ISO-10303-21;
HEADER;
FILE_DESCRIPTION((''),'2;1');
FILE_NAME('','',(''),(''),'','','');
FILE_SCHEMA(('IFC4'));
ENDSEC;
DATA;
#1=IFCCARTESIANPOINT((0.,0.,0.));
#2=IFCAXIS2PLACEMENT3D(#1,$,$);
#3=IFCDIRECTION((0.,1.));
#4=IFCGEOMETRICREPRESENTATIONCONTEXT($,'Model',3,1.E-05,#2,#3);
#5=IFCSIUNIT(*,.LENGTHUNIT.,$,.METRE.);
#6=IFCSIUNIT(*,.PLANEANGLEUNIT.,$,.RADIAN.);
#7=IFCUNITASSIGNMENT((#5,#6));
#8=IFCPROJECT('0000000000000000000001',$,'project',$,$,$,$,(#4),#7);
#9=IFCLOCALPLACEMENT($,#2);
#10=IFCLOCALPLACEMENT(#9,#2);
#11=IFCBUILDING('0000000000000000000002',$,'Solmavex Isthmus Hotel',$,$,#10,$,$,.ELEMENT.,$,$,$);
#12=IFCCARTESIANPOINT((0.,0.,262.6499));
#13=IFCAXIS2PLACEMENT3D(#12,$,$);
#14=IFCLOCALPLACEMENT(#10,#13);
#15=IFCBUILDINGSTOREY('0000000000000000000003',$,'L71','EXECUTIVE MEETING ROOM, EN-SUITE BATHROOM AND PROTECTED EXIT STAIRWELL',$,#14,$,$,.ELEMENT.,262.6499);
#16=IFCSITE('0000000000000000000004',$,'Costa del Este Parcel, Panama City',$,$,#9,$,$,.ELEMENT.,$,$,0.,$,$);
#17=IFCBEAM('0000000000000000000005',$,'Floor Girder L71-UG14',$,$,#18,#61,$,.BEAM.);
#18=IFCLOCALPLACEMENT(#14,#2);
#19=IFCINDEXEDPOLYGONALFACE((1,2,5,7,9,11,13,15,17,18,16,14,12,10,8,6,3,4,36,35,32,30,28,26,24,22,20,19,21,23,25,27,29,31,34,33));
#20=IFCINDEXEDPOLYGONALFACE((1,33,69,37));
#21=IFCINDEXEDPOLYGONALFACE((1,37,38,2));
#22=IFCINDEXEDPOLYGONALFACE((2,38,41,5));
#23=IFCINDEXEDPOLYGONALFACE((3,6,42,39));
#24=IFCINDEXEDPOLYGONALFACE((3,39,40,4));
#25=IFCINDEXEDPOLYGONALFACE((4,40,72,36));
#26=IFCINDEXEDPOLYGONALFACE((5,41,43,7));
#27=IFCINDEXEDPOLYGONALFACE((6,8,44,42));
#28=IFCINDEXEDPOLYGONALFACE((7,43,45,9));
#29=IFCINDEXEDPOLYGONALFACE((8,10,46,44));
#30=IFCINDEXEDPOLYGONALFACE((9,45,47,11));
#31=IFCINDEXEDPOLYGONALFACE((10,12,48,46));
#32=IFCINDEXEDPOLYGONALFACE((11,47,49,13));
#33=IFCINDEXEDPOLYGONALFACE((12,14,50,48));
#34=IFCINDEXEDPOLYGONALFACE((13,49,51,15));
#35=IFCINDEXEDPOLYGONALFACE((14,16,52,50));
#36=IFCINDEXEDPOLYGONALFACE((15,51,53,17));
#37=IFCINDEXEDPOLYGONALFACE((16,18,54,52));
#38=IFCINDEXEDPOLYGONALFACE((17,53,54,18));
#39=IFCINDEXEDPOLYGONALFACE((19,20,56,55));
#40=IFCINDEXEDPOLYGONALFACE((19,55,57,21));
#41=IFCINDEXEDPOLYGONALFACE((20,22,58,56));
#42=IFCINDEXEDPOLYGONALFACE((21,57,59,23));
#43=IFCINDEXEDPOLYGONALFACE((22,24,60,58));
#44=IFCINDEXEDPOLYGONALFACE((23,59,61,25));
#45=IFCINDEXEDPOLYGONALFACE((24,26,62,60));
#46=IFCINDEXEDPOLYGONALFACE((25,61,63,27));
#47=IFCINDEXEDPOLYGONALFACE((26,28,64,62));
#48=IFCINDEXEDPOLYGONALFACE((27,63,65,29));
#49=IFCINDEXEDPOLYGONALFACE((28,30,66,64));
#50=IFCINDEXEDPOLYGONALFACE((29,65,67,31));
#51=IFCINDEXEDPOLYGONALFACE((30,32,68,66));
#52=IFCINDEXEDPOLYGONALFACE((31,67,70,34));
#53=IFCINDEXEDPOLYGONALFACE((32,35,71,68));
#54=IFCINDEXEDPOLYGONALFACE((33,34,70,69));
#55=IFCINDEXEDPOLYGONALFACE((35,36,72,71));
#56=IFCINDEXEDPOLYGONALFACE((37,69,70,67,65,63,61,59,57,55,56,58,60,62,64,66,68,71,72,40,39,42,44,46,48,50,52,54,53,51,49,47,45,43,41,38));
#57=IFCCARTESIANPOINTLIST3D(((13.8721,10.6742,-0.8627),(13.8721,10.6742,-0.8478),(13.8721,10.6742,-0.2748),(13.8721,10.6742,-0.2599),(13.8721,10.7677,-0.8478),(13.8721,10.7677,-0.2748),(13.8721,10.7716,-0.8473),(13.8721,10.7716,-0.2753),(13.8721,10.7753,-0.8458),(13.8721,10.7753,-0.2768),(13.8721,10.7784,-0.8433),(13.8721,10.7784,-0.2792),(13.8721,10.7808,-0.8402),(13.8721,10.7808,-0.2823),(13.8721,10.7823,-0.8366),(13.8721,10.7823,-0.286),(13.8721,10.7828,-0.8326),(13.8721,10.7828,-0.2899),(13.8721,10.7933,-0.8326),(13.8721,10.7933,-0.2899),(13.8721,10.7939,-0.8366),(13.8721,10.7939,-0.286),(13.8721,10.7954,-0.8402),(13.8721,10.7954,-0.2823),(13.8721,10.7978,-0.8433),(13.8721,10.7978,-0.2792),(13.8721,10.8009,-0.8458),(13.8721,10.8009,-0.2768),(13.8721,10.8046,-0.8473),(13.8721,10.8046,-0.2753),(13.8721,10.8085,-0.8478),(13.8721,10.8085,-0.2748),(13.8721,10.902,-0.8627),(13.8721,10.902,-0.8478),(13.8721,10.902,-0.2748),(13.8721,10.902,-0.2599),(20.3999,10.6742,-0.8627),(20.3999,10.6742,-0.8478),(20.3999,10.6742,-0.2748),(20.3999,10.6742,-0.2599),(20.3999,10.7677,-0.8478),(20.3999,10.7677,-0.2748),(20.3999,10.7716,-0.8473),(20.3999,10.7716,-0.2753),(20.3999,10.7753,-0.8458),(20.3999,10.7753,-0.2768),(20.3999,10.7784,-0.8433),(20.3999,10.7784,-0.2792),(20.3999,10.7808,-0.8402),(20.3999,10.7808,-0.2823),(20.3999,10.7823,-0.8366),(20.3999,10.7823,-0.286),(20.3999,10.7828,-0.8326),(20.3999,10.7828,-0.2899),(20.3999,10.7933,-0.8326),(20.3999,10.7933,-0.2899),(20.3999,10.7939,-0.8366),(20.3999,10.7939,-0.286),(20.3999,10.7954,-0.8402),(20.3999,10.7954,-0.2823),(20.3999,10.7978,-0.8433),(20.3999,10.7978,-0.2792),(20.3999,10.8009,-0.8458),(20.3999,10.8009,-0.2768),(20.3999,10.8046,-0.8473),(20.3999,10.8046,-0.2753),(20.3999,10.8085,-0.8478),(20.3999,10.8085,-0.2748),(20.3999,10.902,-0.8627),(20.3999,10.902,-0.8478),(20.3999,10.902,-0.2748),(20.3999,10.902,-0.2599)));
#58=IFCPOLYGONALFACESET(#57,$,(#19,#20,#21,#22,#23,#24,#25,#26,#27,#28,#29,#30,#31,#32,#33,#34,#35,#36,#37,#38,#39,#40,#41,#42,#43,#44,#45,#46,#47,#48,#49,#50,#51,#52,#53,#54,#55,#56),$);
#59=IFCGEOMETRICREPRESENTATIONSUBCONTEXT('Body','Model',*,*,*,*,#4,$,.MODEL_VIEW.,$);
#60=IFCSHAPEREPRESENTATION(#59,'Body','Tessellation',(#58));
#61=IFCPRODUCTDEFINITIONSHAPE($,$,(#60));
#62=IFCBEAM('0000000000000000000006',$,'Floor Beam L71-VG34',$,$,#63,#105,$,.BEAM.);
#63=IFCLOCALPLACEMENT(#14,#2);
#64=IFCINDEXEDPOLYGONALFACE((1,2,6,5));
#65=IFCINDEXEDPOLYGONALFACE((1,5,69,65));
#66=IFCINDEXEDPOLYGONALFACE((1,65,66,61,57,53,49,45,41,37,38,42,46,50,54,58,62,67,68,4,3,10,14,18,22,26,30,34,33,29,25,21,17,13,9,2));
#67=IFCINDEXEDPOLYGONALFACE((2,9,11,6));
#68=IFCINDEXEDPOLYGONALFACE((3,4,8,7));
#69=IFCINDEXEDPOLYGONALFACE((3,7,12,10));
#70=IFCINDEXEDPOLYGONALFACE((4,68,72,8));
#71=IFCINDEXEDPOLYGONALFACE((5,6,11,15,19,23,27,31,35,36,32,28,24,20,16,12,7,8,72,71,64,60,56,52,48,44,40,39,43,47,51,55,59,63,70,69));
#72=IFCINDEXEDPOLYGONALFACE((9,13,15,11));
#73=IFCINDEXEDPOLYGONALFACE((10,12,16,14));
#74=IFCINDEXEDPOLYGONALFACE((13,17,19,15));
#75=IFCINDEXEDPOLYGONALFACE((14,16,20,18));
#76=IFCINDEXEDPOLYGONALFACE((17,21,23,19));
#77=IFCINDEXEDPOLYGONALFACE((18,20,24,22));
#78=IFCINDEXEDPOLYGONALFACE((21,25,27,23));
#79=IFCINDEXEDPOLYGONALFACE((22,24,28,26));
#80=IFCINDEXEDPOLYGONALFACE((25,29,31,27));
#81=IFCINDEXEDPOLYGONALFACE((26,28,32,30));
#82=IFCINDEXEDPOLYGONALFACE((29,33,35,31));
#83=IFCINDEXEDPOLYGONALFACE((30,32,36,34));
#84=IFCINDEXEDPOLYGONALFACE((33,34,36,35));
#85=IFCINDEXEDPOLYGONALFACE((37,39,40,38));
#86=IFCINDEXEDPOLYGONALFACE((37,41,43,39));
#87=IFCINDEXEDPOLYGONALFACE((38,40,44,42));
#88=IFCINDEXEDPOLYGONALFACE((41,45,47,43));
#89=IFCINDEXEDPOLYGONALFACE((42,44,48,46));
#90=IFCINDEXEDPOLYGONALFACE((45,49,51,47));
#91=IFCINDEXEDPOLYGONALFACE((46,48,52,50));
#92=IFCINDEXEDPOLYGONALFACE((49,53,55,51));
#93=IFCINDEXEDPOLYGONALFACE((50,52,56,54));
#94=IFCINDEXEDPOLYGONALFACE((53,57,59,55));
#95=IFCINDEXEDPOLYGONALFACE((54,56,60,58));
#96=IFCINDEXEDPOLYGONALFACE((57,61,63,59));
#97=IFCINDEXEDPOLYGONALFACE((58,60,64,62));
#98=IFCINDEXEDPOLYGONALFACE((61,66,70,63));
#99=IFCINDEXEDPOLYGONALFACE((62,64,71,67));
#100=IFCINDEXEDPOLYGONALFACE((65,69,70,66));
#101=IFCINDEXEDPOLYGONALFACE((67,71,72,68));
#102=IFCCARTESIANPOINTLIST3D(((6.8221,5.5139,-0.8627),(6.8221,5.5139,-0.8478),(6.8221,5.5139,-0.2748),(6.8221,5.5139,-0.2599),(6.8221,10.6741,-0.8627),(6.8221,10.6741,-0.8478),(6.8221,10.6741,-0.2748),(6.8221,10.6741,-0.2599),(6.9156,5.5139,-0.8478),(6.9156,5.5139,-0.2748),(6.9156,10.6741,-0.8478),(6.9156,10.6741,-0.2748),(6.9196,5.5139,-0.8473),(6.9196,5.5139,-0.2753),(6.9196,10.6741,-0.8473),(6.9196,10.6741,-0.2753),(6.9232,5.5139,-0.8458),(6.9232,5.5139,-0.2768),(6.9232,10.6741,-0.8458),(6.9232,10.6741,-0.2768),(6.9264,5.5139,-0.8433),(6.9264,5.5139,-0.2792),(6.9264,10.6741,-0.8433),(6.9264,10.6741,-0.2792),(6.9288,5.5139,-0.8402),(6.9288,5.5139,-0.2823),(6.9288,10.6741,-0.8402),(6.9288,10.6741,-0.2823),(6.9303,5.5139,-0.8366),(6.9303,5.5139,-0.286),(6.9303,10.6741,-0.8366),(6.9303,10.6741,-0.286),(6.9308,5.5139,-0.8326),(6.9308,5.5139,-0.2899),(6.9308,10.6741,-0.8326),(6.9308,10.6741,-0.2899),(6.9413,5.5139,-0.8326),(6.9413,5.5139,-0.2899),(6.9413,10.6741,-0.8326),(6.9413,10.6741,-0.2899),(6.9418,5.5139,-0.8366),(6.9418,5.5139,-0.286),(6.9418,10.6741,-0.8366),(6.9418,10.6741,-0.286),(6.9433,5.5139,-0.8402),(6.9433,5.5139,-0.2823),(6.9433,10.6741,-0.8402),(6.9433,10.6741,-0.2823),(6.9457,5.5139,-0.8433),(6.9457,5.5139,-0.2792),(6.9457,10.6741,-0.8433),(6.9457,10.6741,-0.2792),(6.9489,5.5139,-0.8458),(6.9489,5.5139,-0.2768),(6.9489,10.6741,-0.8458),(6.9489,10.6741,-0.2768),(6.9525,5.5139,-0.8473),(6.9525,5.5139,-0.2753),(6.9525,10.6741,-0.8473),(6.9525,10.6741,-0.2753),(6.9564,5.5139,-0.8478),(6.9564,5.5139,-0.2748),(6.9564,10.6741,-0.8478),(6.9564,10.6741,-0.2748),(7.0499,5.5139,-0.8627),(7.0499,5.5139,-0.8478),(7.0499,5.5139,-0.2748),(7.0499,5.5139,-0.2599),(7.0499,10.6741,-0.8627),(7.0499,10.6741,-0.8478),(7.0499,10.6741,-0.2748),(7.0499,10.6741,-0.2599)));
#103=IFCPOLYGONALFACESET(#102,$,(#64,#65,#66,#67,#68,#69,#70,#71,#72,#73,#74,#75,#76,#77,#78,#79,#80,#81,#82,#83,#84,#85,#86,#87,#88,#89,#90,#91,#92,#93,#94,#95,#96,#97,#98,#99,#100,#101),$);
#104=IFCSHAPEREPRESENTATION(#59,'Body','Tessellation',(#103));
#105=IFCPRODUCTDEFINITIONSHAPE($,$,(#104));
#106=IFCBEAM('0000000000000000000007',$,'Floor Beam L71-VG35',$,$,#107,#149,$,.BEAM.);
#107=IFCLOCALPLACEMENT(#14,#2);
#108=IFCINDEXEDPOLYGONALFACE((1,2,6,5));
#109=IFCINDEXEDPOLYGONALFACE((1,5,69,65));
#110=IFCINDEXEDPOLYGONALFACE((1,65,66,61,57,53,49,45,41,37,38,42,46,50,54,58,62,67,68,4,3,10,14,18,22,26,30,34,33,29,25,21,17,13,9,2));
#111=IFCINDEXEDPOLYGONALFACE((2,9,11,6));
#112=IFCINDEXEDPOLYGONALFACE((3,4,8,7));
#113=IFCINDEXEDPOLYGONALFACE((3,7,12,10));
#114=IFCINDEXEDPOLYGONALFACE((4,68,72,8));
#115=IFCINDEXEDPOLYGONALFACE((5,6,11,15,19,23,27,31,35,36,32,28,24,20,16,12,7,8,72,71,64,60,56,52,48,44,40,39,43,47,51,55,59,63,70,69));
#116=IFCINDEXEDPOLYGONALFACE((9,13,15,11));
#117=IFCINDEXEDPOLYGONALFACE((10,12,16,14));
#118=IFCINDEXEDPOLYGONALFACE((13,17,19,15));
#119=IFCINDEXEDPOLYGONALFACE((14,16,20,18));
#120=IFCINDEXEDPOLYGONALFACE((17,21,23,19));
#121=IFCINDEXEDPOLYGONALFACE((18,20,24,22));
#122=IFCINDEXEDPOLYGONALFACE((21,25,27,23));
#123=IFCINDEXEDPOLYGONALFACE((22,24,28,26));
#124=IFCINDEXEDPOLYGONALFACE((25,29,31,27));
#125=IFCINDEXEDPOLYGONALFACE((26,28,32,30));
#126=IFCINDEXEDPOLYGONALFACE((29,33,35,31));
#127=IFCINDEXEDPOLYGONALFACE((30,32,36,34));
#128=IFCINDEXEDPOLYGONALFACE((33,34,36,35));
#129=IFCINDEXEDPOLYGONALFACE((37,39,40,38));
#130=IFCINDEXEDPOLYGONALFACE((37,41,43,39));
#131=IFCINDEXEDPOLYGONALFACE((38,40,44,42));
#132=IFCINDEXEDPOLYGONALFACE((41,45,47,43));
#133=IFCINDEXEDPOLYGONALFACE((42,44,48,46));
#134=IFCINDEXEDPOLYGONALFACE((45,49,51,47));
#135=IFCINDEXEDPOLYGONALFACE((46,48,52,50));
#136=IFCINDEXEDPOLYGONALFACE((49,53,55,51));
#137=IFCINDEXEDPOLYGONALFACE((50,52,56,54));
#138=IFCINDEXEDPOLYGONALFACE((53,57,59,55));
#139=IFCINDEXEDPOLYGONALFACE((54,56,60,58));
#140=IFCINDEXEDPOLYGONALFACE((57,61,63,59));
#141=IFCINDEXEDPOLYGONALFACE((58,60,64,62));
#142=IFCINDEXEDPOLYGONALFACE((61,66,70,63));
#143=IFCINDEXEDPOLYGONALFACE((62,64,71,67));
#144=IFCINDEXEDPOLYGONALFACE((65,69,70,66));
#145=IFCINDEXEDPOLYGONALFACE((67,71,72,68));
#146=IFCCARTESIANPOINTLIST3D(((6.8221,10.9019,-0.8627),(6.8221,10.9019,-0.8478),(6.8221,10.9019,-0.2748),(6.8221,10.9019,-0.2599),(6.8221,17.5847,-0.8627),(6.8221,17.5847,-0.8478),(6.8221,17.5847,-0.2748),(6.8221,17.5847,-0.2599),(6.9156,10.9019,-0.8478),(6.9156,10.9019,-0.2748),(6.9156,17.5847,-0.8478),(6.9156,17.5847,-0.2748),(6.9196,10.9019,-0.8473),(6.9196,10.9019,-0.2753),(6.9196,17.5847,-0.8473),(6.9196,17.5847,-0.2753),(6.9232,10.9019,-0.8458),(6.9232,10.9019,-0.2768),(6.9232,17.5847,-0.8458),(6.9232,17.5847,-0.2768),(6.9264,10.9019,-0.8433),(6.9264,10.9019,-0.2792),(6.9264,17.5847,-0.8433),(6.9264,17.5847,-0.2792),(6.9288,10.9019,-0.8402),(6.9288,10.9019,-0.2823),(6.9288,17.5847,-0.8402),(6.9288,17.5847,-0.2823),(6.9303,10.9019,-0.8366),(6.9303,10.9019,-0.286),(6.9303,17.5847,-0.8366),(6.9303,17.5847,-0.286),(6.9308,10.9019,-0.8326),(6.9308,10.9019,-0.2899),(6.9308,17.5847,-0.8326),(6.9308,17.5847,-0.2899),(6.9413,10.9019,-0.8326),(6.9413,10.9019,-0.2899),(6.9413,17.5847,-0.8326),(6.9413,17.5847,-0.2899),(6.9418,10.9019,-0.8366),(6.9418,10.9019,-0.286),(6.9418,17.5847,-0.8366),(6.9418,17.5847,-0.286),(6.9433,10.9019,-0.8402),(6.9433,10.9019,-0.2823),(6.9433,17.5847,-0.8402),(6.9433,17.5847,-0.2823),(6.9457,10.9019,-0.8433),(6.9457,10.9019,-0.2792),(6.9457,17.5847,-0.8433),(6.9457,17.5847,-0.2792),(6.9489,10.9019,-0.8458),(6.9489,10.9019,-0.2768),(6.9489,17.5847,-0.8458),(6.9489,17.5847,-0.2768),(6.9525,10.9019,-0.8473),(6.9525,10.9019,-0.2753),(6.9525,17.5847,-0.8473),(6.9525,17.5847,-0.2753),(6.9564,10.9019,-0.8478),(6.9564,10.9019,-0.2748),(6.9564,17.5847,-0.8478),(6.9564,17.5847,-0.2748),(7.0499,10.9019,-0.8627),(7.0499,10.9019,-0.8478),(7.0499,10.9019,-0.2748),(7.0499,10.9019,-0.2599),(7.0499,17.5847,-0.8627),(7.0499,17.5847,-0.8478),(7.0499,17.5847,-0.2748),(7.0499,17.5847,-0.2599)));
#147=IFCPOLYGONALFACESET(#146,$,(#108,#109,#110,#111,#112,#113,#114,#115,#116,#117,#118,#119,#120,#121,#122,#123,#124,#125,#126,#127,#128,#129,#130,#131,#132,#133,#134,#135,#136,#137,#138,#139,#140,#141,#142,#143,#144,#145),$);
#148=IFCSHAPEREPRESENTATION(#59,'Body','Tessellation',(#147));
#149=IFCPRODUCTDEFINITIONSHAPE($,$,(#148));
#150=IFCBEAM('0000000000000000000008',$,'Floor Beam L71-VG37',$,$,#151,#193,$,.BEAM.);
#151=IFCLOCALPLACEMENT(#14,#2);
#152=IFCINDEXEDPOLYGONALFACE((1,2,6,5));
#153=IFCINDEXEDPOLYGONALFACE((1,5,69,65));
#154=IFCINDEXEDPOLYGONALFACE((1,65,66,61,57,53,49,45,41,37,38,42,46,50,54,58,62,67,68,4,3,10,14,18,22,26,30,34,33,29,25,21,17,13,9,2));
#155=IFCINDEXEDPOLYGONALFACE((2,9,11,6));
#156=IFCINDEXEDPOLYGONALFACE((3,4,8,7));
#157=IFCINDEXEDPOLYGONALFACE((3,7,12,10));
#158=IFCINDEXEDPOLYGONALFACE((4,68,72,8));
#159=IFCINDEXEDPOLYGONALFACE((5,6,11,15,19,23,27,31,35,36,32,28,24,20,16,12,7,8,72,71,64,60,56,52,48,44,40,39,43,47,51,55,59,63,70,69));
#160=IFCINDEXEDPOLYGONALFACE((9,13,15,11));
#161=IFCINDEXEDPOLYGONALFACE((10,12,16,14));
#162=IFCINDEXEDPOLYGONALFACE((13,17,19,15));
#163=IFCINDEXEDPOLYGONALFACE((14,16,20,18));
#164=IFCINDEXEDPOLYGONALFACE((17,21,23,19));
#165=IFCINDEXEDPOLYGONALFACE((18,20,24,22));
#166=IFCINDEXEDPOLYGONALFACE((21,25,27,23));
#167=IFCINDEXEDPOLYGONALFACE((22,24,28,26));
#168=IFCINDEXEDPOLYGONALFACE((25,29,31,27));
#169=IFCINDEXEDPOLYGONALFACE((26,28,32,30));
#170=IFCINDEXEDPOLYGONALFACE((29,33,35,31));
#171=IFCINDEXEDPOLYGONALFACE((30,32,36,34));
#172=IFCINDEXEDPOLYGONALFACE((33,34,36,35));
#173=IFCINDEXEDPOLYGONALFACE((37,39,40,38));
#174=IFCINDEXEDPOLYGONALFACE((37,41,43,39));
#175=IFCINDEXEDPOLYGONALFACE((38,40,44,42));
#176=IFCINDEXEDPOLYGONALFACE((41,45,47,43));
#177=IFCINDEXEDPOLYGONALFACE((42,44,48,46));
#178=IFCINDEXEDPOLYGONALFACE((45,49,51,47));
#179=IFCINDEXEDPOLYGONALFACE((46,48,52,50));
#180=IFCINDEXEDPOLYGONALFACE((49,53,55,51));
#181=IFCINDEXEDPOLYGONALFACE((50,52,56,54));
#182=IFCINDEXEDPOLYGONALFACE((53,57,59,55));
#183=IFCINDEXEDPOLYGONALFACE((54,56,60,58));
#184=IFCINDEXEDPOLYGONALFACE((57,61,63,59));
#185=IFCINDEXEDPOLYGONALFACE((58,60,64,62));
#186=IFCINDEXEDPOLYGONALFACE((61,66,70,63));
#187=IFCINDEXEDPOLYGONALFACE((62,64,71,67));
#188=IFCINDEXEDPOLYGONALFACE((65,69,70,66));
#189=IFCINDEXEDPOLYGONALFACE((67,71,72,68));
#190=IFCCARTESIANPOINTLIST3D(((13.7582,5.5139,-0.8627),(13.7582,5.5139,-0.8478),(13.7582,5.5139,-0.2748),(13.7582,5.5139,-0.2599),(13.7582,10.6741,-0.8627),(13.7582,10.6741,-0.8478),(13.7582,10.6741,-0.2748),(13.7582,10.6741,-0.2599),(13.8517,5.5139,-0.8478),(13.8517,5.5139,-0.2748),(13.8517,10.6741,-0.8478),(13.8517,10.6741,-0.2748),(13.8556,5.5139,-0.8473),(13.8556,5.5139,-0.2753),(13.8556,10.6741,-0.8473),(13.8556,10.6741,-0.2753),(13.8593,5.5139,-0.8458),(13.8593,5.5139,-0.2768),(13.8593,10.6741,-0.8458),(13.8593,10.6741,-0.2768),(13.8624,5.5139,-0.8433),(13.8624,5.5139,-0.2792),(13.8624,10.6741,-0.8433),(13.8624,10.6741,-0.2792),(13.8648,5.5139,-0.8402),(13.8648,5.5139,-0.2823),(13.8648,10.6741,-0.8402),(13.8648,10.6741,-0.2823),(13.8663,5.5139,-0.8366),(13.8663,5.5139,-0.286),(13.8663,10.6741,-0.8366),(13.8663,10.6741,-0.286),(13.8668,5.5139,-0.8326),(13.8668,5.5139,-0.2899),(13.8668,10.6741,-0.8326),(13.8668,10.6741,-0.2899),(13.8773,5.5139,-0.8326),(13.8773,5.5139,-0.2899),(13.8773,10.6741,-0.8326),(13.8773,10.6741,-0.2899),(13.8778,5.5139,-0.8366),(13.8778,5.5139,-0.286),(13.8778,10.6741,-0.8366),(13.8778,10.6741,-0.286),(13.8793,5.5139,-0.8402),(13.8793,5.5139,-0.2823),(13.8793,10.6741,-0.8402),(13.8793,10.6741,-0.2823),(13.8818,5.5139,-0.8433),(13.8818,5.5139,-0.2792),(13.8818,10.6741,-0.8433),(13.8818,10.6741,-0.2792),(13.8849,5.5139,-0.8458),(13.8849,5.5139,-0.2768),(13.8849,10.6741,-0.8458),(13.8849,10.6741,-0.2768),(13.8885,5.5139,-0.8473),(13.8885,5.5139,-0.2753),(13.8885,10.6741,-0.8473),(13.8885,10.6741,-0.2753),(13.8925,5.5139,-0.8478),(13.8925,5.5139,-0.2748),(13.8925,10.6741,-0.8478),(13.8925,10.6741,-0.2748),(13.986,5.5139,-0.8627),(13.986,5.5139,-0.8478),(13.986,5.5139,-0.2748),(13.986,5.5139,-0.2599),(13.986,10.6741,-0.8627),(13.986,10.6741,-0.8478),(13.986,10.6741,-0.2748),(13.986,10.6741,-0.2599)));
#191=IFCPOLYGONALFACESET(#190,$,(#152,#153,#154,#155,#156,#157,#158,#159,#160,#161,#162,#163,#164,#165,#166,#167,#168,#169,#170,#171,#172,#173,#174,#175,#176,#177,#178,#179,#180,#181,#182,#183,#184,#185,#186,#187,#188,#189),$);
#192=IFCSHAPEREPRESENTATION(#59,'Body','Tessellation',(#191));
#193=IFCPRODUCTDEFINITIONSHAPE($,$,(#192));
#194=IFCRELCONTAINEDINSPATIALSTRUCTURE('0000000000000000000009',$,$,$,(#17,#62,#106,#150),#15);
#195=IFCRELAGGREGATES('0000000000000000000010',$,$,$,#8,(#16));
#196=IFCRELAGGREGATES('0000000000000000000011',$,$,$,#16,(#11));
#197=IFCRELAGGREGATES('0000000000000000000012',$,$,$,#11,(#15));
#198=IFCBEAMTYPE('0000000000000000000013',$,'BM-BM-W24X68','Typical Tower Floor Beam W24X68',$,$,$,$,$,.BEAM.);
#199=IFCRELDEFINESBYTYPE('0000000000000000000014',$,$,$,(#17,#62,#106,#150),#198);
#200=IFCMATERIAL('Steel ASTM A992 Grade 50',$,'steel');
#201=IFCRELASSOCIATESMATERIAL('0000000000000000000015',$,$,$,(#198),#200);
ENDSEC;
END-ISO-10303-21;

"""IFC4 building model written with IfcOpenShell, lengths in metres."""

from ifc_helpers import new_model, si_unit, direction, frame, origin, origin_2d, place, context, subcontext, project, spatial, i_section, extrude, material, material_profile, profile_set, type_object, element, save


model = new_model("IFC4")

# Units and contexts
model_context = context("Model", 3, precision=1e-05, world=origin(), true_north=direction((0.0, 1.0)))
body_context = subcontext(model_context, "Body", "Model", "MODEL_VIEW")
ifc_project = project(units=[si_unit("LENGTHUNIT", "METRE"), si_unit("PLANEANGLEUNIT", "RADIAN")], contexts=[model_context])

# Site, building, storey
site_placement = place(None, origin())
site = spatial("IfcSite", under=ifc_project, at=site_placement, Name="Costa del Este Parcel, Panama City", CompositionType="ELEMENT", RefElevation=0.0)
building_placement = place(site_placement, origin())
building = spatial("IfcBuilding", under=site, at=building_placement, Name="Solmavex Isthmus Hotel", CompositionType="ELEMENT")
storey_placement = place(building_placement, frame((0.0, 0.0, 262.6499)))
storey = spatial("IfcBuildingStorey", under=building, at=storey_placement, Name="L71", Description="EXECUTIVE MEETING ROOM, EN-SUITE BATHROOM AND PROTECTED EXIT STAIRWELL", CompositionType="ELEMENT", Elevation=262.6499)

# Beams
ifc_material_1 = material(Name="Steel ASTM A992 Grade 50", Category="steel")
ifc_material_profile_1 = material_profile(ifc_material_1, i_section(OverallWidth=0.2278, OverallDepth=0.6028, WebThickness=0.0105, FlangeThickness=0.0149, FilletRadius=0.0151, at=origin_2d()), Name="W24X68")
ifc_profile_set_1 = profile_set([ifc_material_profile_1], Name="Steel ASTM A992 Grade 50")
beam_type_1 = type_object("IfcBeamType", Name="BM-BM-W24X68", Description="Typical Tower Floor Beam W24X68", PredefinedType="BEAM", material=ifc_profile_set_1)
beam_1_placement = place(storey_placement, frame((13.8721, 10.7881, -0.5613), z_axis=(1.0, 0.0, 0.0), x_axis=(0.0, 1.0, 0.0)))
element("IfcBeam", 1, at=beam_1_placement, inside=storey, type_object=beam_type_1, Name="Floor Girder L71-UG14", PredefinedType="BEAM", context=body_context, shape_type="SweptSolid", body=[
    extrude(i_section(OverallWidth=0.2278, OverallDepth=0.6028, WebThickness=0.0105, FlangeThickness=0.0149, FilletRadius=0.0151, at=origin_2d()), origin(), (0.0, 0.0, 1.0), 6.5278),
])
beam_2_placement = place(storey_placement, frame((6.936, 5.5139, -0.5613), z_axis=(0.0, 1.0, 0.0), x_axis=(-1.0, 0.0, 0.0)))
element("IfcBeam", 2, at=beam_2_placement, inside=storey, type_object=beam_type_1, Name="Floor Beam L71-VG34", PredefinedType="BEAM", context=body_context, shape_type="SweptSolid", body=[
    extrude(i_section(OverallWidth=0.2278, OverallDepth=0.6028, WebThickness=0.0105, FlangeThickness=0.0149, FilletRadius=0.0151, at=origin_2d()), origin(), (0.0, 0.0, 1.0), 5.1602),
])
beam_3_placement = place(storey_placement, frame((6.936, 10.9019, -0.5613), z_axis=(0.0, 1.0, 0.0), x_axis=(-1.0, 0.0, 0.0)))
element("IfcBeam", 3, at=beam_3_placement, inside=storey, type_object=beam_type_1, Name="Floor Beam L71-VG35", PredefinedType="BEAM", context=body_context, shape_type="SweptSolid", body=[
    extrude(i_section(OverallWidth=0.2278, OverallDepth=0.6028, WebThickness=0.0105, FlangeThickness=0.0149, FilletRadius=0.0151, at=origin_2d()), origin(), (0.0, 0.0, 1.0), 6.6829),
])
beam_4_placement = place(storey_placement, frame((13.8721, 5.5139, -0.5613), z_axis=(0.0, 1.0, 0.0), x_axis=(-1.0, 0.0, 0.0)))
element("IfcBeam", 4, at=beam_4_placement, inside=storey, type_object=beam_type_1, Name="Floor Beam L71-VG37", PredefinedType="BEAM", context=body_context, shape_type="SweptSolid", body=[
    extrude(i_section(OverallWidth=0.2278, OverallDepth=0.6028, WebThickness=0.0105, FlangeThickness=0.0149, FilletRadius=0.0151, at=origin_2d()), origin(), (0.0, 0.0, 1.0), 5.1602),
])

save(model, "model.ifc")
